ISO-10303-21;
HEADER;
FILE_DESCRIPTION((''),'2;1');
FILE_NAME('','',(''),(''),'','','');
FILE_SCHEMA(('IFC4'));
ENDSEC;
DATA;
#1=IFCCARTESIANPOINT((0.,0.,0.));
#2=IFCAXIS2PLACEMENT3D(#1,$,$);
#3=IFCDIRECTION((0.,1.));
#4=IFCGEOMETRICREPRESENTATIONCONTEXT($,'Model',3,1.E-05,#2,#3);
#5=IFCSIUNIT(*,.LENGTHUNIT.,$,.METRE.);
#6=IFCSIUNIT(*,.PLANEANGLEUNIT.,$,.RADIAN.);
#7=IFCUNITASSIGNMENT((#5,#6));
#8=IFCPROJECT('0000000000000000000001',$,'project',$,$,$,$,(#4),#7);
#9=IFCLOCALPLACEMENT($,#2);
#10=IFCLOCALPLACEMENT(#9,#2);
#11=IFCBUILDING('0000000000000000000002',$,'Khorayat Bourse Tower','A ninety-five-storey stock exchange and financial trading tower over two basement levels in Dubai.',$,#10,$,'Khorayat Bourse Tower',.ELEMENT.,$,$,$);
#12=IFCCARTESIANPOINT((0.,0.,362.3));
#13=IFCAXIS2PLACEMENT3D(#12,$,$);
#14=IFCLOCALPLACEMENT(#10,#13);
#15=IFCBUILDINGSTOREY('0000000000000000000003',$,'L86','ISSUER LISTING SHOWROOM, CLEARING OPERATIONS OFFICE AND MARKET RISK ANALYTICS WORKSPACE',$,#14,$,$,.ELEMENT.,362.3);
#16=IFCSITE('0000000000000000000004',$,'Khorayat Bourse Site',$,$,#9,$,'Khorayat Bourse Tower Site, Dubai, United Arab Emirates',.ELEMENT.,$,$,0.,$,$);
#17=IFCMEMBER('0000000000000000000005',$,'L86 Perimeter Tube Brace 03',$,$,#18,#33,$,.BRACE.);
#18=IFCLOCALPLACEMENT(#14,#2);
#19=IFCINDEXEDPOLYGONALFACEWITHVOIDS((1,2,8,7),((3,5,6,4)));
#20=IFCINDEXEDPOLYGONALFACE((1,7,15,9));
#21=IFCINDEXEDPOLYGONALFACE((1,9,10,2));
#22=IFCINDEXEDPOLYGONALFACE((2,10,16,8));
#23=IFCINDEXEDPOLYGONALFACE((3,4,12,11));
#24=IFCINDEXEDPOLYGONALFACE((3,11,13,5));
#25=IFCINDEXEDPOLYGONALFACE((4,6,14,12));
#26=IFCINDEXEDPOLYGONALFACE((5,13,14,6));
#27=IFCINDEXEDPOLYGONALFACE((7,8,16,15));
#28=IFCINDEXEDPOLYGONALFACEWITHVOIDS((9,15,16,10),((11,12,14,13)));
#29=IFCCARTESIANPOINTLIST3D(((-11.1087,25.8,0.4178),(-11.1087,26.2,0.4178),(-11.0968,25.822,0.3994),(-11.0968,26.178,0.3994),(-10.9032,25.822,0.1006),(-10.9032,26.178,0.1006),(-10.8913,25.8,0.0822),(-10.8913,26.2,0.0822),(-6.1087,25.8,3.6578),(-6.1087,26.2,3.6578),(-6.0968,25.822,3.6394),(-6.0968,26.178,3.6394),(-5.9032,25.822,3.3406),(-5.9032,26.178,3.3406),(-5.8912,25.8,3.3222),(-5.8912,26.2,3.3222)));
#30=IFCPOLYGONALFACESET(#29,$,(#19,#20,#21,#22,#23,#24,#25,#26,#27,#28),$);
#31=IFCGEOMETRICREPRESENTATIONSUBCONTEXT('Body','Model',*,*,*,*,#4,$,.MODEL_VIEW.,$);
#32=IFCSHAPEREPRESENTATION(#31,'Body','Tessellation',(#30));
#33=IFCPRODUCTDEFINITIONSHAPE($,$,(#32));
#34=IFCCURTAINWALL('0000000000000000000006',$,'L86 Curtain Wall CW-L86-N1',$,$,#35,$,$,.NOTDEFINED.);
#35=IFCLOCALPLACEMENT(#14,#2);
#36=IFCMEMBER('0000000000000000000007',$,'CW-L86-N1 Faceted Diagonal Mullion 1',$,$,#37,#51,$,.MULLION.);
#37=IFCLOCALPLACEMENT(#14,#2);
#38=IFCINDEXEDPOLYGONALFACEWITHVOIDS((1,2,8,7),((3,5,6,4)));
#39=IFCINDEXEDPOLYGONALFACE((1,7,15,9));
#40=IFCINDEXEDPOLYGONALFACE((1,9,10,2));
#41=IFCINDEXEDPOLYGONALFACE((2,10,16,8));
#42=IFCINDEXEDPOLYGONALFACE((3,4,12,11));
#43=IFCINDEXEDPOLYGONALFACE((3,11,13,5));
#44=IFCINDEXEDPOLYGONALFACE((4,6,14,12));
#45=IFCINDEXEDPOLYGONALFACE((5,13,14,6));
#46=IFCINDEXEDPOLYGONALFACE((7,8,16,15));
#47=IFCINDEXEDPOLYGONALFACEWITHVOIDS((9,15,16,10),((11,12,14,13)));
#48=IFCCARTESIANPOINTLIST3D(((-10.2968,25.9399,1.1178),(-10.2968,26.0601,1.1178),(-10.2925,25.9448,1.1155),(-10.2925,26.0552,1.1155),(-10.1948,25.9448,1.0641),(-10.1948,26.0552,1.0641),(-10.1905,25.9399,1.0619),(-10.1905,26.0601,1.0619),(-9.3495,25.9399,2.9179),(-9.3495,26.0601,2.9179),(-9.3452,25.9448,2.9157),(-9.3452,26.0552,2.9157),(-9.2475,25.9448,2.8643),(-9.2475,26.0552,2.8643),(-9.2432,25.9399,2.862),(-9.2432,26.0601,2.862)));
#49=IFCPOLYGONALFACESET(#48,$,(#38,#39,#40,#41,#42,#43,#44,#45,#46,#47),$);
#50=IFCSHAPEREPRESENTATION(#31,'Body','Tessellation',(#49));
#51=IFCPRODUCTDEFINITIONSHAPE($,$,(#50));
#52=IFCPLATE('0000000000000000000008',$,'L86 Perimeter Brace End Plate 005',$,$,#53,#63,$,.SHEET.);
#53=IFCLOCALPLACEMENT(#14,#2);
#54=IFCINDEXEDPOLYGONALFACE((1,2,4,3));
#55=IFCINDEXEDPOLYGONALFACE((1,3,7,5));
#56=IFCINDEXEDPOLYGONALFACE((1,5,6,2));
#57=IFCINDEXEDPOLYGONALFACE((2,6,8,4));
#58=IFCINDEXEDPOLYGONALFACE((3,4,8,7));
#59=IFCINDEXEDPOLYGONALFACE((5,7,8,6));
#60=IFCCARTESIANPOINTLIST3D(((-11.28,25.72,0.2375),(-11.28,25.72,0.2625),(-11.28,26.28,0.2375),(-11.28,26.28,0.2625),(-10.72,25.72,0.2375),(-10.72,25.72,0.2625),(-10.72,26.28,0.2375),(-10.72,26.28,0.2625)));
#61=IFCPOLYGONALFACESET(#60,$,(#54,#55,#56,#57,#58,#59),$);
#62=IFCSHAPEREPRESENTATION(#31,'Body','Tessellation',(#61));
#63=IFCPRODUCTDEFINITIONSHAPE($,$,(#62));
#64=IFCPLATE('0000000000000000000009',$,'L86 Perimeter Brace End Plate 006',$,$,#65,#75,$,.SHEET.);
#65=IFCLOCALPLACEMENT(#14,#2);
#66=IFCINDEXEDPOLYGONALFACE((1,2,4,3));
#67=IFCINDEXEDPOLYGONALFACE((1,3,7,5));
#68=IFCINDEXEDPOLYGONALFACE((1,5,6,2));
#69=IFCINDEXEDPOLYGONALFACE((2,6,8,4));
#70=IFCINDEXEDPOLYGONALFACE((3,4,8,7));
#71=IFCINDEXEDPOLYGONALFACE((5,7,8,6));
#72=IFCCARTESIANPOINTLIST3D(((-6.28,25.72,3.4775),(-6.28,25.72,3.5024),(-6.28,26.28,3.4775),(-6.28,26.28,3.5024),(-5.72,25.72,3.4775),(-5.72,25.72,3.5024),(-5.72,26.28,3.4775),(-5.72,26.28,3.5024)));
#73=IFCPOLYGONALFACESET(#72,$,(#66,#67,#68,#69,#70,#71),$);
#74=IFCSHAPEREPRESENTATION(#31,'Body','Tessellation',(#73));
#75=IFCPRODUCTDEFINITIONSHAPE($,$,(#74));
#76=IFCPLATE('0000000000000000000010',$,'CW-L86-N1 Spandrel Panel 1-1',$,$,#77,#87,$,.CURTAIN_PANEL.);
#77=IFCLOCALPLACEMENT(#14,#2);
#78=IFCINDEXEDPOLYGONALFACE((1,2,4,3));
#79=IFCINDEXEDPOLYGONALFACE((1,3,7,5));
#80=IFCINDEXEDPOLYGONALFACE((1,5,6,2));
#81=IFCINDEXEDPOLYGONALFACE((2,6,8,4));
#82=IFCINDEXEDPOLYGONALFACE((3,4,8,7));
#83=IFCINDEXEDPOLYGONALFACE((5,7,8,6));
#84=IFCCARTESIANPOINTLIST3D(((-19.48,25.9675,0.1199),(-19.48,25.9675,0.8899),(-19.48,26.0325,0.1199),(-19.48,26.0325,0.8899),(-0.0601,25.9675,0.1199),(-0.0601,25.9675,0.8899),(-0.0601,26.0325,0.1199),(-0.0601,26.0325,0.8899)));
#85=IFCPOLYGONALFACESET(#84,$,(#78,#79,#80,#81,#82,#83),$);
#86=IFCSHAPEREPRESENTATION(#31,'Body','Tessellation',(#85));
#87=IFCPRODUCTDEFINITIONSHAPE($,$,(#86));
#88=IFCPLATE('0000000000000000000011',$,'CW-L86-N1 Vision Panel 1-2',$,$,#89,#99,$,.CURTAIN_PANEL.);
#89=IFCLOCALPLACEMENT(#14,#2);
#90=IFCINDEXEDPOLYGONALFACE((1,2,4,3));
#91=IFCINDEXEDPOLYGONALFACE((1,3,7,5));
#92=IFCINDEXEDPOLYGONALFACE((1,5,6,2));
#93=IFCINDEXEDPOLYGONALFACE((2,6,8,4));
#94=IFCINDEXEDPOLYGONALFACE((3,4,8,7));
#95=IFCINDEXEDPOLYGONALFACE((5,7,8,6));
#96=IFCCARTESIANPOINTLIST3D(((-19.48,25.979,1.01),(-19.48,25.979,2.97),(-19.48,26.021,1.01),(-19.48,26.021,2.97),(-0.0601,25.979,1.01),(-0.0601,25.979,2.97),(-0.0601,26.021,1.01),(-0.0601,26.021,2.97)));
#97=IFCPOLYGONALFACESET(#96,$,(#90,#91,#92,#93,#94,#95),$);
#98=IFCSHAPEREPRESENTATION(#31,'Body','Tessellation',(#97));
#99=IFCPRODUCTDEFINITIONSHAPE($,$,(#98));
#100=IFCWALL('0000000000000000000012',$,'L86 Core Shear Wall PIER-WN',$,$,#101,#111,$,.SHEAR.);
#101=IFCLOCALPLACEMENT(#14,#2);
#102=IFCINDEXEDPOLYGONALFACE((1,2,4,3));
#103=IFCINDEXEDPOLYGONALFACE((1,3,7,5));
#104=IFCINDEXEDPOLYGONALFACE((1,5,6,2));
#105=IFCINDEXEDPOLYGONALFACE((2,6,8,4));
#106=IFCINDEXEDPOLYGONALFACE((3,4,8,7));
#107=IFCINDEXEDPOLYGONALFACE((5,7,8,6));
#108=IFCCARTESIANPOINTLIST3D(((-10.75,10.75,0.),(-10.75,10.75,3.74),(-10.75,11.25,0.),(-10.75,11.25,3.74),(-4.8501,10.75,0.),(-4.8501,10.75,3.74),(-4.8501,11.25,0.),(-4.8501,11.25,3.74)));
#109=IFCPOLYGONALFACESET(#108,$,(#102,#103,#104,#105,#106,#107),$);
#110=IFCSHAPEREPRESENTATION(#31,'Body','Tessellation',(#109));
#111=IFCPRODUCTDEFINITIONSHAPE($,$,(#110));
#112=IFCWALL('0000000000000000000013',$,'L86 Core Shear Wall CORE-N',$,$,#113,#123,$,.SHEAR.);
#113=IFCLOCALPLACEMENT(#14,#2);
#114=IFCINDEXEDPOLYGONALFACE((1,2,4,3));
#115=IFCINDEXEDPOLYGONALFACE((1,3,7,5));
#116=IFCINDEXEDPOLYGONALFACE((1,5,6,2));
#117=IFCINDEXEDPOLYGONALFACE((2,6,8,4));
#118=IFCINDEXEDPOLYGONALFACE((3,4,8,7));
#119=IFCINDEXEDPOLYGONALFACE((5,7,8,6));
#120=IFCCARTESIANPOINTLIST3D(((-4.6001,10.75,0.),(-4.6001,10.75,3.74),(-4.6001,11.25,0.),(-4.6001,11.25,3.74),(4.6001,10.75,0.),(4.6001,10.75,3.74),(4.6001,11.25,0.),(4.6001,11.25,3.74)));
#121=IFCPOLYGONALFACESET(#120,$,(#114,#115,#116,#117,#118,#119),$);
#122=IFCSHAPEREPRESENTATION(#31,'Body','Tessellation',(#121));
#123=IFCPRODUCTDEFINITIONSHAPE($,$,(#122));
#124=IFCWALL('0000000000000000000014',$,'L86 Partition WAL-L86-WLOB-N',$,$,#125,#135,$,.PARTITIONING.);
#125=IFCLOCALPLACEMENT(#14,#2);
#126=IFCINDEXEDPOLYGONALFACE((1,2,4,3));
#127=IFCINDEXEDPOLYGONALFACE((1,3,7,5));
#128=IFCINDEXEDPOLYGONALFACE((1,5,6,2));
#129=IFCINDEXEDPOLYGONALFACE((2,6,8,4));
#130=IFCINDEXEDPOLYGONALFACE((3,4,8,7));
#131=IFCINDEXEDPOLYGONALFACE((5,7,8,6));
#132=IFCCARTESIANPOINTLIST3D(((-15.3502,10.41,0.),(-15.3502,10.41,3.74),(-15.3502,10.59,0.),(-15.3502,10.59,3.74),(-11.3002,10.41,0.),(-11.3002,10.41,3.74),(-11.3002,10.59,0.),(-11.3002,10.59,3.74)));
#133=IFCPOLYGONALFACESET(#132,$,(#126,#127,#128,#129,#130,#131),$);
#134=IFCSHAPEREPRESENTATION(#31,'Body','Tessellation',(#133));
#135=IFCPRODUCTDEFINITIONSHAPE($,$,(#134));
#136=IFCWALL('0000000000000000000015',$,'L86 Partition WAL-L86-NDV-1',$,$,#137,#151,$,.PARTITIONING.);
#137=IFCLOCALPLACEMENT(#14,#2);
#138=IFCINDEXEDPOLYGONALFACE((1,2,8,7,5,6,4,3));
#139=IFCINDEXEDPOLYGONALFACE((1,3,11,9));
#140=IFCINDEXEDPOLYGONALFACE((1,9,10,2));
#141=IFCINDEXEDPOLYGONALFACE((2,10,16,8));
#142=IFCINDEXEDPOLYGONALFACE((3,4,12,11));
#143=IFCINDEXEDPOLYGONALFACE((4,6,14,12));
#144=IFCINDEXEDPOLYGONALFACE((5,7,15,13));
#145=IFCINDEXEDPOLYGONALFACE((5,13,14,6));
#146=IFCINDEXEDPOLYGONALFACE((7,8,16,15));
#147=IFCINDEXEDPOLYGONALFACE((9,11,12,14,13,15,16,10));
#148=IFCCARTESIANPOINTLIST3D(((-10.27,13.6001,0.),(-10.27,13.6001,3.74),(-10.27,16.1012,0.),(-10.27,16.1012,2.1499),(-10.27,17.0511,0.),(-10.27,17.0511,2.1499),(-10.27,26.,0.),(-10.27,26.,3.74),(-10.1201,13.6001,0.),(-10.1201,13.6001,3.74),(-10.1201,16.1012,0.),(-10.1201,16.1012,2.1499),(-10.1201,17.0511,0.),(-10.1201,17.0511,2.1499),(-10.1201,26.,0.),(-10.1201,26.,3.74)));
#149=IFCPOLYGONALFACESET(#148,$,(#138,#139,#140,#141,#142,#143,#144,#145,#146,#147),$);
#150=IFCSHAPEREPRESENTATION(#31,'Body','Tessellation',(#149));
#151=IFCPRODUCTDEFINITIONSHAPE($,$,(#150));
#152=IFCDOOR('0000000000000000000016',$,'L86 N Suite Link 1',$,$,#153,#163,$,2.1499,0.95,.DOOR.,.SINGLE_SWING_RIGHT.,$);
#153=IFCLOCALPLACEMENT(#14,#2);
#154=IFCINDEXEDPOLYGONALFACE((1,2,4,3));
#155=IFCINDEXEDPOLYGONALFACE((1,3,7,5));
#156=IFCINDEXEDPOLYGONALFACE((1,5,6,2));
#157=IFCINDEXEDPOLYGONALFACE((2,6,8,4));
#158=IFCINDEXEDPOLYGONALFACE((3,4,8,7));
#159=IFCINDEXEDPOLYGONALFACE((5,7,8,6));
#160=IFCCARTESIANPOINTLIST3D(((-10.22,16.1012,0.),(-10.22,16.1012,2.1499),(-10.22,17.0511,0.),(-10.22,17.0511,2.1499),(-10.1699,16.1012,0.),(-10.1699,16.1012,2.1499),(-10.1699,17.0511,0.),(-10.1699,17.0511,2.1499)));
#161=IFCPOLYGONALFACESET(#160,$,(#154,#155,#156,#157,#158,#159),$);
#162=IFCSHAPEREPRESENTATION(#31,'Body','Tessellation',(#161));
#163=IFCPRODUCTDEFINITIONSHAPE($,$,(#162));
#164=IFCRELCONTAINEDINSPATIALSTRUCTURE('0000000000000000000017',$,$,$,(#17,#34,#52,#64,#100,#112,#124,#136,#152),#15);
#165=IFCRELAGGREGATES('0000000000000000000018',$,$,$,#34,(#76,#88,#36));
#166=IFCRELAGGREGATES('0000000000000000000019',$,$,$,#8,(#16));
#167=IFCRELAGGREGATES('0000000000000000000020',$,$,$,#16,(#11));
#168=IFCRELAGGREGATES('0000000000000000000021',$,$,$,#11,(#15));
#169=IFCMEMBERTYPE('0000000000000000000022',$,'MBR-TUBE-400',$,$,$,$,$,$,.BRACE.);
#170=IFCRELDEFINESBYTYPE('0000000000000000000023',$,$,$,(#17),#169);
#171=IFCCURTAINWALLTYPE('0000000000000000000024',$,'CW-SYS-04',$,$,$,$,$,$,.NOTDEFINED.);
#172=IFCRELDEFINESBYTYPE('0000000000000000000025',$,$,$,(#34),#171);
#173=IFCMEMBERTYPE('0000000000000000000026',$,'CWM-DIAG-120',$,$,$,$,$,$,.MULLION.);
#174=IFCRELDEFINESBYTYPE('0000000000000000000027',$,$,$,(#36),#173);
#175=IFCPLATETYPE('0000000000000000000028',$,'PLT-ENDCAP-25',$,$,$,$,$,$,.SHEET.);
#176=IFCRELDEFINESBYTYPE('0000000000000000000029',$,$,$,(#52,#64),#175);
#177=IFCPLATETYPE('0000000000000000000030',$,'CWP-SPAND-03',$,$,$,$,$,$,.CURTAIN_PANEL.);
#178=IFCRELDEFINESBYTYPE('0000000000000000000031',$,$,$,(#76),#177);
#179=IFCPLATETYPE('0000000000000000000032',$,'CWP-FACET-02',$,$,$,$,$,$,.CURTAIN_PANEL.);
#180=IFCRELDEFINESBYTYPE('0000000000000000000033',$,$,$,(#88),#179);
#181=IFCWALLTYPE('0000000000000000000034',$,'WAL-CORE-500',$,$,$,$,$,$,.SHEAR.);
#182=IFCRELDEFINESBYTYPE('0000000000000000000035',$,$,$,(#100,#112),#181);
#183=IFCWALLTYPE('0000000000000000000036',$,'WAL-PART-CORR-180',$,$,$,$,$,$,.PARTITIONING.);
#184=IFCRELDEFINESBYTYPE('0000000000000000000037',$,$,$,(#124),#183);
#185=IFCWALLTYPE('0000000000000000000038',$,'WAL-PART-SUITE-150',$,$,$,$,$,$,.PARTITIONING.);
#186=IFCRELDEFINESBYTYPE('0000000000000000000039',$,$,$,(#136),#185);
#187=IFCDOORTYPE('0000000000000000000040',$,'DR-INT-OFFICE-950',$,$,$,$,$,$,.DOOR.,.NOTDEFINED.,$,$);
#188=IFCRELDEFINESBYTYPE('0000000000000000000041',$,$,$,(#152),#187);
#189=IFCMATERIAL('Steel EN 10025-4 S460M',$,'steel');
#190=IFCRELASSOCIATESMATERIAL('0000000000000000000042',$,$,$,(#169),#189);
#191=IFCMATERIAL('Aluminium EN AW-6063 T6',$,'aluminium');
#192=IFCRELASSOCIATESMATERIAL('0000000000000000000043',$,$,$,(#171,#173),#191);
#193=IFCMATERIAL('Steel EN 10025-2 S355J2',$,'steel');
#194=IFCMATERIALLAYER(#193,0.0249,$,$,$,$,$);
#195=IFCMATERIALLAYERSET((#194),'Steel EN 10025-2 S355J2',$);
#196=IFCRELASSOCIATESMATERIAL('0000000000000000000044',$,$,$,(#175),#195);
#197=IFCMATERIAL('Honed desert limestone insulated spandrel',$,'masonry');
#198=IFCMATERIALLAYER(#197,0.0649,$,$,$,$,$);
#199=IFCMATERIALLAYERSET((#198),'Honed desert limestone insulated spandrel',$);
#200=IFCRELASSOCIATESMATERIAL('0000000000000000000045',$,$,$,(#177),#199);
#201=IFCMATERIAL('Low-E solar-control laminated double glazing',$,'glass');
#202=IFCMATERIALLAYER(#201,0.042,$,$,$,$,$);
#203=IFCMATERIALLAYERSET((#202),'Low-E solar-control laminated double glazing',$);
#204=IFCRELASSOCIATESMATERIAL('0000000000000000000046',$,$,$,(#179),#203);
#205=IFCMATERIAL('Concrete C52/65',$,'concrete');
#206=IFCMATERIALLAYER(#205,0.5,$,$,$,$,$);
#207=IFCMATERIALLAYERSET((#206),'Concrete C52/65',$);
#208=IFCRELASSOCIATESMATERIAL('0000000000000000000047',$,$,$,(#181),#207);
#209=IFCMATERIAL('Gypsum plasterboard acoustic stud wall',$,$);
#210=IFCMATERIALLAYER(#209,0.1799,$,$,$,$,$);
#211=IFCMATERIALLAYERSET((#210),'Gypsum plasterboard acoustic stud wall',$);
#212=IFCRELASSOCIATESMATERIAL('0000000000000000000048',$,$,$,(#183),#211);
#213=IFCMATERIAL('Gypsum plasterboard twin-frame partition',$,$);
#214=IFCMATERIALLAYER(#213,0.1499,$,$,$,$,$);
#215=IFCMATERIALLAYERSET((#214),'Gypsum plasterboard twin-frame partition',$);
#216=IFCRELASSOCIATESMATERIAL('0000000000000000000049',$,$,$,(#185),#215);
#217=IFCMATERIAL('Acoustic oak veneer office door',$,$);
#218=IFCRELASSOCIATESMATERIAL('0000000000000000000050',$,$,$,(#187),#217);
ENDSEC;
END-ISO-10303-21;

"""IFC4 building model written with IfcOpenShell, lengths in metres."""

from ifc_helpers import new_model, si_unit, direction, frame, frame_2d, origin, origin_2d, place, context, subcontext, project, spatial, rectangle, hollow_rectangle, extrude, source, transform, mapped, material, layer, layer_set, material_profile, profile_set, type_object, element, fill, aggregate, save


model = new_model("IFC4")

# Units and contexts
model_context = context("Model", 3, precision=1e-05, world=origin(), true_north=direction((0.0, 1.0)))
body_context = subcontext(model_context, "Body", "Model", "MODEL_VIEW")
ifc_project = project(units=[si_unit("LENGTHUNIT", "METRE"), si_unit("PLANEANGLEUNIT", "RADIAN")], contexts=[model_context])

# Site, building, storey
site_placement = place(None, origin())
site = spatial("IfcSite", under=ifc_project, at=site_placement, Name="Khorayat Bourse Site", LongName="Khorayat Bourse Tower Site, Dubai, United Arab Emirates", CompositionType="ELEMENT", RefElevation=0.0)
building_placement = place(site_placement, origin())
building = spatial("IfcBuilding", under=site, at=building_placement, Name="Khorayat Bourse Tower", Description="A ninety-five-storey stock exchange and financial trading tower over two basement levels in Dubai.", LongName="Khorayat Bourse Tower", CompositionType="ELEMENT")
storey_placement = place(building_placement, frame((0.0, 0.0, 362.3)))
storey = spatial("IfcBuildingStorey", under=building, at=storey_placement, Name="L86", Description="ISSUER LISTING SHOWROOM, CLEARING OPERATIONS OFFICE AND MARKET RISK ANALYTICS WORKSPACE", CompositionType="ELEMENT", Elevation=362.3)

# Shared definitions
ifc_material_1 = material(Name="Concrete C52/65", Category="concrete")
ifc_material_2 = material(Name="Steel EN 10025-2 S355J2", Category="steel")

# Member
ifc_material_3 = material(Name="Steel EN 10025-4 S460M", Category="steel")
ifc_material_profile_1 = material_profile(ifc_material_3, hollow_rectangle(XDim=0.3999, YDim=0.3999, WallThickness=0.022, at=origin_2d()), Name="HSS 400x400x22")
ifc_profile_set_1 = profile_set([ifc_material_profile_1], Name="Steel EN 10025-4 S460M")
member_type_1 = type_object("IfcMemberType", Name="MBR-TUBE-400", PredefinedType="BRACE", material=ifc_profile_set_1)
shared_shape_1 = source(origin(), body_context, "Body", "SweptSolid", [
    extrude(hollow_rectangle(XDim=0.3999, YDim=0.3999, WallThickness=0.022, at=origin_2d()), origin(), (0.0, 0.0, 1.0), 5.958),
])
member_1_placement = place(storey_placement, frame((-11.0, 26.0, 0.25), z_axis=(0.83921, 0.0, 0.543807), x_axis=(0.0, 1.0, 0.0)))
element("IfcMember", 1, at=member_1_placement, inside=storey, type_object=member_type_1, Name="L86 Perimeter Tube Brace 03", PredefinedType="BRACE", context=body_context, shape_type="MappedRepresentation", body=[
    mapped(shared_shape_1, transform((0.0, 0.0, 0.0), scale=1.0)),
])

# Curtain wall, member
ifc_material_4 = material(Name="Aluminium EN AW-6063 T6", Category="aluminium")
curtain_wall_type = type_object("IfcCurtainWallType", Name="CW-SYS-04", PredefinedType="NOTDEFINED", material=ifc_material_4)
curtain_wall_placement = place(storey_placement, origin())
curtain_wall = element("IfcCurtainWall", 2, at=curtain_wall_placement, inside=storey, type_object=curtain_wall_type, Name="L86 Curtain Wall CW-L86-N1", PredefinedType="NOTDEFINED")
ifc_material_profile_2 = material_profile(ifc_material_4, hollow_rectangle(XDim=0.1201, YDim=0.1201, WallThickness=0.0049, at=origin_2d()), Name="ALU 120x120x5")
ifc_profile_set_2 = profile_set([ifc_material_profile_2], Name="Aluminium EN AW-6063 T6")
member_type_2 = type_object("IfcMemberType", Name="CWM-DIAG-120", PredefinedType="MULLION", material=ifc_profile_set_2)
shared_shape_2 = source(origin(), body_context, "Body", "SweptSolid", [
    extrude(hollow_rectangle(XDim=0.1201, YDim=0.1201, WallThickness=0.0049, at=origin_2d()), origin(), (0.0, 0.0, 1.0), 2.0342),
])
member_2_placement = place(storey_placement, frame((-10.2437, 26.0, 1.0898), z_axis=(0.465697, 0.0, 0.884944), x_axis=(0.0, 1.0, 0.0)))
member_2 = element("IfcMember", 3, at=member_2_placement, type_object=member_type_2, Name="CW-L86-N1 Faceted Diagonal Mullion 1", PredefinedType="MULLION", context=body_context, shape_type="MappedRepresentation", body=[
    mapped(shared_shape_2, transform((0.0, 0.0, 0.0), scale=1.0)),
])

# Plates
ifc_layer_1 = layer(ifc_material_2, 0.0249)
ifc_layer_set_1 = layer_set([ifc_layer_1], Name="Steel EN 10025-2 S355J2")
plate_type_1 = type_object("IfcPlateType", Name="PLT-ENDCAP-25", PredefinedType="SHEET", material=ifc_layer_set_1)
shared_shape_3 = source(origin(), body_context, "Body", "SweptSolid", [
    extrude(rectangle(XDim=0.5601, YDim=0.5601, at=origin_2d()), origin(), (0.0, 0.0, 1.0), 0.0249),
])
for number, where, z_axis, x_axis, name in (
    (4, (-11.0, 26.0, 0.2375), (0.0, 0.0, 1.0), (1.0, 0.0, 0.0), "L86 Perimeter Brace End Plate 005"),
    (5, (-6.0, 26.0, 3.4775), (0.0, 0.0, 1.0), (1.0, 0.0, 0.0), "L86 Perimeter Brace End Plate 006"),
):
    element("IfcPlate", number, at=place(storey_placement, frame(where, z_axis=z_axis, x_axis=x_axis)), inside=storey, type_object=plate_type_1, Name=name, PredefinedType="SHEET", context=body_context, shape_type="MappedRepresentation", body=[
        mapped(shared_shape_3, transform((0.0, 0.0, 0.0), scale=1.0)),
    ])

# Plates
ifc_material_5 = material(Name="Honed desert limestone insulated spandrel", Category="masonry")
ifc_layer_2 = layer(ifc_material_5, 0.0649)
ifc_layer_set_2 = layer_set([ifc_layer_2], Name="Honed desert limestone insulated spandrel")
plate_type_2 = type_object("IfcPlateType", Name="CWP-SPAND-03", PredefinedType="CURTAIN_PANEL", material=ifc_layer_set_2)
shared_shape_4 = source(origin(), body_context, "Body", "SweptSolid", [
    extrude(rectangle(XDim=19.4199, YDim=0.0649, at=origin_2d()), origin(), (0.0, 0.0, 1.0), 0.77),
])
plate_1_placement = place(storey_placement, frame((-9.77, 26.0, 0.1199), z_axis=(0.0, 0.0, 1.0), x_axis=(1.0, 0.0, 0.0)))
plate_1 = element("IfcPlate", 6, at=plate_1_placement, type_object=plate_type_2, Name="CW-L86-N1 Spandrel Panel 1-1", PredefinedType="CURTAIN_PANEL", context=body_context, shape_type="MappedRepresentation", body=[
    mapped(shared_shape_4, transform((0.0, 0.0, 0.0), scale=1.0)),
])
ifc_material_6 = material(Name="Low-E solar-control laminated double glazing", Category="glass")
ifc_layer_3 = layer(ifc_material_6, 0.042)
ifc_layer_set_3 = layer_set([ifc_layer_3], Name="Low-E solar-control laminated double glazing")
plate_type_3 = type_object("IfcPlateType", Name="CWP-FACET-02", PredefinedType="CURTAIN_PANEL", material=ifc_layer_set_3)
shared_shape_5 = source(origin(), body_context, "Body", "SweptSolid", [
    extrude(rectangle(XDim=19.4199, YDim=0.042, at=origin_2d()), origin(), (0.0, 0.0, 1.0), 1.96),
])
plate_2_placement = place(storey_placement, frame((-9.77, 26.0, 1.01), z_axis=(0.0, 0.0, 1.0), x_axis=(1.0, 0.0, 0.0)))
plate_2 = element("IfcPlate", 7, at=plate_2_placement, type_object=plate_type_3, Name="CW-L86-N1 Vision Panel 1-2", PredefinedType="CURTAIN_PANEL", context=body_context, shape_type="MappedRepresentation", body=[
    mapped(shared_shape_5, transform((0.0, 0.0, 0.0), scale=1.0)),
])
aggregate(curtain_wall, [plate_1, plate_2, member_2])

# Walls
ifc_layer_4 = layer(ifc_material_1, 0.5)
ifc_layer_set_4 = layer_set([ifc_layer_4], Name="Concrete C52/65")
wall_type_1 = type_object("IfcWallType", Name="WAL-CORE-500", PredefinedType="SHEAR", material=ifc_layer_set_4)
shared_shape_6 = source(origin(), body_context, "Body", "SweptSolid", [
    extrude(rectangle(XDim=5.8999, YDim=0.5, at=frame_2d((2.95, 0.0))), origin(), (0.0, 0.0, 1.0), 3.74),
])
wall_1_placement = place(storey_placement, frame((-10.75, 11.0, 0.0), z_axis=(0.0, 0.0, 1.0), x_axis=(1.0, 0.0, 0.0)))
element("IfcWall", 8, at=wall_1_placement, inside=storey, type_object=wall_type_1, Name="L86 Core Shear Wall PIER-WN", PredefinedType="SHEAR", context=body_context, shape_type="MappedRepresentation", body=[
    mapped(shared_shape_6, transform((0.0, 0.0, 0.0), scale=1.0)),
])
shared_shape_7 = source(origin(), body_context, "Body", "SweptSolid", [
    extrude(rectangle(XDim=9.2002, YDim=0.5, at=frame_2d((4.6001, 0.0))), origin(), (0.0, 0.0, 1.0), 3.74),
])
wall_2_placement = place(storey_placement, frame((-4.6001, 11.0, 0.0), z_axis=(0.0, 0.0, 1.0), x_axis=(1.0, 0.0, 0.0)))
element("IfcWall", 9, at=wall_2_placement, inside=storey, type_object=wall_type_1, Name="L86 Core Shear Wall CORE-N", PredefinedType="SHEAR", context=body_context, shape_type="MappedRepresentation", body=[
    mapped(shared_shape_7, transform((0.0, 0.0, 0.0), scale=1.0)),
])
ifc_material_7 = material(Name="Gypsum plasterboard acoustic stud wall")
ifc_layer_5 = layer(ifc_material_7, 0.1799)
ifc_layer_set_5 = layer_set([ifc_layer_5], Name="Gypsum plasterboard acoustic stud wall")
wall_type_2 = type_object("IfcWallType", Name="WAL-PART-CORR-180", PredefinedType="PARTITIONING", material=ifc_layer_set_5)
shared_shape_8 = source(origin(), body_context, "Body", "SweptSolid", [
    extrude(rectangle(XDim=4.05, YDim=0.1799, at=frame_2d((2.0249, 0.0))), origin(), (0.0, 0.0, 1.0), 3.74),
])
wall_3_placement = place(storey_placement, frame((-15.3501, 10.5, 0.0), z_axis=(0.0, 0.0, 1.0), x_axis=(1.0, 0.0, 0.0)))
element("IfcWall", 10, at=wall_3_placement, inside=storey, type_object=wall_type_2, Name="L86 Partition WAL-L86-WLOB-N", PredefinedType="PARTITIONING", context=body_context, shape_type="MappedRepresentation", body=[
    mapped(shared_shape_8, transform((0.0, 0.0, 0.0), scale=1.0)),
])

# Wall, opening, door
ifc_material_8 = material(Name="Gypsum plasterboard twin-frame partition")
ifc_layer_6 = layer(ifc_material_8, 0.1499)
ifc_layer_set_6 = layer_set([ifc_layer_6], Name="Gypsum plasterboard twin-frame partition")
wall_type_3 = type_object("IfcWallType", Name="WAL-PART-SUITE-150", PredefinedType="PARTITIONING", material=ifc_layer_set_6)
shared_shape_9 = source(origin(), body_context, "Body", "SweptSolid", [
    extrude(rectangle(XDim=12.3999, YDim=0.1499, at=frame_2d((6.2, 0.0))), origin(), (0.0, 0.0, 1.0), 3.74),
])
wall_4_placement = place(storey_placement, frame((-10.1951, 13.6001, 0.0), z_axis=(0.0, 0.0, 1.0), x_axis=(0.0, 1.0, 0.0)))
wall_4 = element("IfcWall", 11, at=wall_4_placement, inside=storey, type_object=wall_type_3, Name="L86 Partition WAL-L86-NDV-1", PredefinedType="PARTITIONING", context=body_context, shape_type="MappedRepresentation", body=[
    mapped(shared_shape_9, transform((0.0, 0.0, 0.0), scale=1.0)),
])
shared_shape_10 = source(origin(), body_context, "Body", "SweptSolid", [
    extrude(rectangle(XDim=0.95, YDim=2.1499, at=frame_2d((0.4751, 1.075))), frame((0.0, 0.085, 0.0), z_axis=(0.0, -1.0, 0.0), x_axis=(1.0, 0.0, 0.0)), (0.0, 0.0, 1.0), 0.1699),
])
opening_1_placement = place(wall_4_placement, frame((2.501, 0.0, 0.0)))
opening_1 = element("IfcOpeningElement", 12, at=opening_1_placement, cuts=wall_4, PredefinedType="OPENING", context=body_context, shape_type="MappedRepresentation", body=[
    mapped(shared_shape_10, transform((0.0, 0.0, 0.0), scale=1.0)),
])
ifc_material_9 = material(Name="Acoustic oak veneer office door")
door_type = type_object("IfcDoorType", Name="DR-INT-OFFICE-950", OperationType="NOTDEFINED", PredefinedType="DOOR", material=ifc_material_9)
shared_shape_11 = source(origin(), body_context, "Body", "SweptSolid", [
    extrude(rectangle(XDim=0.95, YDim=2.1499, at=frame_2d((0.4751, 1.075))), frame((0.0, 0.0249, 0.0), z_axis=(0.0, -1.0, 0.0), x_axis=(1.0, 0.0, 0.0)), (0.0, 0.0, 1.0), 0.05),
])
door_1_placement = place(opening_1_placement, origin())
door_1 = element("IfcDoor", 13, at=door_1_placement, inside=storey, type_object=door_type, Name="L86 N Suite Link 1", OperationType="SINGLE_SWING_RIGHT", OverallHeight=2.1499, OverallWidth=0.95, PredefinedType="DOOR", context=body_context, shape_type="MappedRepresentation", body=[
    mapped(shared_shape_11, transform((0.0, 0.0, 0.0), scale=1.0)),
])
fill(opening_1, door_1)

save(model, "model.ifc")
